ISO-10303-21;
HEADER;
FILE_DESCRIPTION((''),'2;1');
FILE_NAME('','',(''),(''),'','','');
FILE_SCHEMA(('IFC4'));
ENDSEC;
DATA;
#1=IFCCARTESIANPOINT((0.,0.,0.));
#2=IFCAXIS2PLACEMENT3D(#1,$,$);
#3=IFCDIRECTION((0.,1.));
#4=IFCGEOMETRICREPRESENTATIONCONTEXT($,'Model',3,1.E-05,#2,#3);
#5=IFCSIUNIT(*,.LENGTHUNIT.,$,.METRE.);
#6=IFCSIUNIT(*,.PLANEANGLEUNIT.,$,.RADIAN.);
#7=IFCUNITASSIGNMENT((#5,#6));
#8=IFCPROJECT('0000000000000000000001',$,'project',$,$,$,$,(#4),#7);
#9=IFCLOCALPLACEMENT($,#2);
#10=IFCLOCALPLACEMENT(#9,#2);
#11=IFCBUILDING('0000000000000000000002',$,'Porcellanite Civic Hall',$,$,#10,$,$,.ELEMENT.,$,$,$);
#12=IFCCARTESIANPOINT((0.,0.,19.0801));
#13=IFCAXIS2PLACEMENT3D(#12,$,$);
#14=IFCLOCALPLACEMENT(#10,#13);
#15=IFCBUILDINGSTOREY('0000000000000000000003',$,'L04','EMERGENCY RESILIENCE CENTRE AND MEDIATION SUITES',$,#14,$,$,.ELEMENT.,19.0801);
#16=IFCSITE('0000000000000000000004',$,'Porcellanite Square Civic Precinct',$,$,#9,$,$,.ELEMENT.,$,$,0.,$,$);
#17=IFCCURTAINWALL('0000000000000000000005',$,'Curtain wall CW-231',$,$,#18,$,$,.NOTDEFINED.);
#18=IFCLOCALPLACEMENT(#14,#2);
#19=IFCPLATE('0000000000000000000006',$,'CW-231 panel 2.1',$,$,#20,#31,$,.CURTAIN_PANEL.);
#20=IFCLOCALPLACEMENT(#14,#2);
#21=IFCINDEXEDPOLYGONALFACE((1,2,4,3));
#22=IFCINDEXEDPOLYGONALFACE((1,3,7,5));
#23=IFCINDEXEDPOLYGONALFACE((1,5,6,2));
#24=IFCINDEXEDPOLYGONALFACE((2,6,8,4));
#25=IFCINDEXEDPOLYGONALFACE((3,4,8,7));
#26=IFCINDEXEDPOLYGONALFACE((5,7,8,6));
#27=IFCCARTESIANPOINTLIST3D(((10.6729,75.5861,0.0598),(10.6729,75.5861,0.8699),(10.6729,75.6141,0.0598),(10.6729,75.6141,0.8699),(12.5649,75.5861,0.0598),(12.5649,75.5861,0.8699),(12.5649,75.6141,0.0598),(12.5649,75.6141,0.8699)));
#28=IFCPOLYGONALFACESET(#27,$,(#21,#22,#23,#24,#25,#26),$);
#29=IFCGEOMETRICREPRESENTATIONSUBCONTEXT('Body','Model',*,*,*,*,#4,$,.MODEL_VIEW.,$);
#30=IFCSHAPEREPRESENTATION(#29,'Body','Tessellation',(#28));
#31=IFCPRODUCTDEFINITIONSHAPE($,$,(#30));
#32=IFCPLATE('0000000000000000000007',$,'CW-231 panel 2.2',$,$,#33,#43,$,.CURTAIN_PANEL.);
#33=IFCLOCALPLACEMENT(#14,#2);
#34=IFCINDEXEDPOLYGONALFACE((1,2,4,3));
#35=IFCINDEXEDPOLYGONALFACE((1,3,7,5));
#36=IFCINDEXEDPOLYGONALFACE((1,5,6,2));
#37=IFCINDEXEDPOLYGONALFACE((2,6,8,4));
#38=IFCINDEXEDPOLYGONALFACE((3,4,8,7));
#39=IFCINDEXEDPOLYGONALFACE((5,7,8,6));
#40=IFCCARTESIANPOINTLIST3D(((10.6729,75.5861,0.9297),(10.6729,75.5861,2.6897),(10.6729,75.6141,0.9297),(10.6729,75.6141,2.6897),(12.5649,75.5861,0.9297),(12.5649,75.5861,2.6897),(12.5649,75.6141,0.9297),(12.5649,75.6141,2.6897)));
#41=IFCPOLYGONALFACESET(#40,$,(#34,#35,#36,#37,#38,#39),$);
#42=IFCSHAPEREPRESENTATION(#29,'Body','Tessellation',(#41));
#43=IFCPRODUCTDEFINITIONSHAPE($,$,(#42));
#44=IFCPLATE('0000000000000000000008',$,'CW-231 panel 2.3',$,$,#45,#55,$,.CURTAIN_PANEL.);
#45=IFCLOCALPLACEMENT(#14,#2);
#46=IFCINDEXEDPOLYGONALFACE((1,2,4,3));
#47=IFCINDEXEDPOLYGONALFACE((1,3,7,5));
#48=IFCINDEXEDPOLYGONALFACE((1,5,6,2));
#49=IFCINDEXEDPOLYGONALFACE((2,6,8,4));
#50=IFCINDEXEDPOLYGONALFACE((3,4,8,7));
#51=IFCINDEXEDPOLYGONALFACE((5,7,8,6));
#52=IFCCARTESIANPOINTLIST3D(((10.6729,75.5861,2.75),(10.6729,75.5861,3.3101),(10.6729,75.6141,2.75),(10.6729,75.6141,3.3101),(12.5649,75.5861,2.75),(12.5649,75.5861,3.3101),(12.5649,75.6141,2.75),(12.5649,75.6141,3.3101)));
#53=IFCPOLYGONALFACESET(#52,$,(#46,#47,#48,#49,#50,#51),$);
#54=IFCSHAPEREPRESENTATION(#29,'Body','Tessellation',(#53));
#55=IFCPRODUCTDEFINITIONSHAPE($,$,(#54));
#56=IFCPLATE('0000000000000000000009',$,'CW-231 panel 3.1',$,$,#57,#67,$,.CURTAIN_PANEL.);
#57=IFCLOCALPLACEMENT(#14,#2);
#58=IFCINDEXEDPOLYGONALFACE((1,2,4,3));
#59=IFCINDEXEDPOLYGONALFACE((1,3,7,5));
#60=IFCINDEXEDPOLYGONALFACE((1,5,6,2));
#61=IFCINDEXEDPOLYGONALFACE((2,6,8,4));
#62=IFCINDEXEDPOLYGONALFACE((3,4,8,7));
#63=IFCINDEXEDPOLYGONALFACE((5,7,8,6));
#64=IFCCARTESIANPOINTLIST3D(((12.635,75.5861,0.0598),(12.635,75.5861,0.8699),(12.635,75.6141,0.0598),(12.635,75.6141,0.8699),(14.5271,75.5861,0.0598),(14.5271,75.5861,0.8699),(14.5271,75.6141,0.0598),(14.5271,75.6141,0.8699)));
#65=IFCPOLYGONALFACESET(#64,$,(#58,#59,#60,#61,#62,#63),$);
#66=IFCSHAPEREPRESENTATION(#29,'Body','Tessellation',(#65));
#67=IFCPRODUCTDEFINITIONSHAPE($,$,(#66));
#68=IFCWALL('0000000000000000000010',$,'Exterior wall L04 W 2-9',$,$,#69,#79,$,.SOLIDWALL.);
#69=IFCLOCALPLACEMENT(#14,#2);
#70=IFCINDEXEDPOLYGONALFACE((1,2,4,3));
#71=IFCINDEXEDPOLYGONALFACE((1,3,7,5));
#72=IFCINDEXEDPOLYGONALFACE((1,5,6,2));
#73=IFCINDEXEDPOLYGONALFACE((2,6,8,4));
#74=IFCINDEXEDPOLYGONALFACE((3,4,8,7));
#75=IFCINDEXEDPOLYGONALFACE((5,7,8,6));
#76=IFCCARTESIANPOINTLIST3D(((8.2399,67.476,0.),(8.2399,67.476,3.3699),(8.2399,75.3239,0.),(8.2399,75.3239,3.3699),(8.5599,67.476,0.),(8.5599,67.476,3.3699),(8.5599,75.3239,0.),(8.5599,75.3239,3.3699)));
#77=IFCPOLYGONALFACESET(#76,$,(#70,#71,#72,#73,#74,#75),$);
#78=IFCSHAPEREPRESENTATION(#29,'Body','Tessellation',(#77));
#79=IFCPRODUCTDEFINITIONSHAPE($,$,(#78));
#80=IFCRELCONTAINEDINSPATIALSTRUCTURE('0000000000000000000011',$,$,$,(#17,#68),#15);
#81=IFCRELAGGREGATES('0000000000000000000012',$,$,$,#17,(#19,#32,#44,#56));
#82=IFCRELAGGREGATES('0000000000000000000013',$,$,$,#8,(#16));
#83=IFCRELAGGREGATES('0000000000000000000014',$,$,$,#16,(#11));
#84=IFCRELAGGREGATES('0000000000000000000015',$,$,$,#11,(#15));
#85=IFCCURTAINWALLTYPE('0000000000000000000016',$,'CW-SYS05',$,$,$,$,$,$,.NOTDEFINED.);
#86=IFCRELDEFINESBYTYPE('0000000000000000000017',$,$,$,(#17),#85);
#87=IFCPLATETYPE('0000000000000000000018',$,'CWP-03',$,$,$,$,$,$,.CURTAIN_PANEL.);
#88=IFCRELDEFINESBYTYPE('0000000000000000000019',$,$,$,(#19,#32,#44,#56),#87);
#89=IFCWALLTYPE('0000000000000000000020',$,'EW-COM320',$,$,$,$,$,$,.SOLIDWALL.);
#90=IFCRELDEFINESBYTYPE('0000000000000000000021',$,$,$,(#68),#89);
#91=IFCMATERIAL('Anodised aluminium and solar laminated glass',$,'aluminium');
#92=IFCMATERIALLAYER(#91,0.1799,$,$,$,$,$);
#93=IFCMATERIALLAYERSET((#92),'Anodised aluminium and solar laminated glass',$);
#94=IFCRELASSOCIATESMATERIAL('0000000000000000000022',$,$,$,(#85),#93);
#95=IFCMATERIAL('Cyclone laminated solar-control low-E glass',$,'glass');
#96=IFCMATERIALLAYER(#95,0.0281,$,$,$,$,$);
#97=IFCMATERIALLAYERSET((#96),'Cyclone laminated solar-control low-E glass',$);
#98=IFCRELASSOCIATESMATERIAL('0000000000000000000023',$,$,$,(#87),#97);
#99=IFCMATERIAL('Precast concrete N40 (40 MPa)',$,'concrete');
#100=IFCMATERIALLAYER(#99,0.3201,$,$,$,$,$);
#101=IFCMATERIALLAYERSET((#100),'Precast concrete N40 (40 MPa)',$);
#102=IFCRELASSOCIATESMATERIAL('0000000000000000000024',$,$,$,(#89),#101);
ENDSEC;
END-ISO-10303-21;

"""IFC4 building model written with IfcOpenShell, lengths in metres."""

from ifc_helpers import new_model, si_unit, direction, frame, frame_2d, origin, origin_2d, place, context, subcontext, project, spatial, rectangle, extrude, material, layer, layer_set, type_object, element, aggregate, save


model = new_model("IFC4")

# Units and contexts
model_context = context("Model", 3, precision=1e-05, world=origin(), true_north=direction((0.0, 1.0)))
body_context = subcontext(model_context, "Body", "Model", "MODEL_VIEW")
ifc_project = project(units=[si_unit("LENGTHUNIT", "METRE"), si_unit("PLANEANGLEUNIT", "RADIAN")], contexts=[model_context])

# Site, building, storey
site_placement = place(None, origin())
site = spatial("IfcSite", under=ifc_project, at=site_placement, Name="Porcellanite Square Civic Precinct", CompositionType="ELEMENT", RefElevation=0.0)
building_placement = place(site_placement, origin())
building = spatial("IfcBuilding", under=site, at=building_placement, Name="Porcellanite Civic Hall", CompositionType="ELEMENT")
storey_placement = place(building_placement, frame((0.0, 0.0, 19.0801)))
storey = spatial("IfcBuildingStorey", under=building, at=storey_placement, Name="L04", Description="EMERGENCY RESILIENCE CENTRE AND MEDIATION SUITES", CompositionType="ELEMENT", Elevation=19.0801)

# Curtain wall
ifc_material_1 = material(Name="Anodised aluminium and solar laminated glass", Category="aluminium")
ifc_layer_1 = layer(ifc_material_1, 0.1799)
ifc_layer_set_1 = layer_set([ifc_layer_1], Name="Anodised aluminium and solar laminated glass")
curtain_wall_type = type_object("IfcCurtainWallType", Name="CW-SYS05", PredefinedType="NOTDEFINED", material=ifc_layer_set_1)
curtain_wall_placement = place(storey_placement, origin())
curtain_wall = element("IfcCurtainWall", 1, at=curtain_wall_placement, inside=storey, type_object=curtain_wall_type, Name="Curtain wall CW-231", PredefinedType="NOTDEFINED")

# Plates
ifc_material_2 = material(Name="Cyclone laminated solar-control low-E glass", Category="glass")
ifc_layer_2 = layer(ifc_material_2, 0.0281)
ifc_layer_set_2 = layer_set([ifc_layer_2], Name="Cyclone laminated solar-control low-E glass")
plate_type = type_object("IfcPlateType", Name="CWP-03", PredefinedType="CURTAIN_PANEL", material=ifc_layer_set_2)
plate_1_placement = place(storey_placement, frame((11.6189, 75.6001, 0.0598), z_axis=(0.0, 0.0, 1.0), x_axis=(1.0, 0.0, 0.0)))
plate_1 = element("IfcPlate", 2, at=plate_1_placement, type_object=plate_type, Name="CW-231 panel 2.1", PredefinedType="CURTAIN_PANEL", context=body_context, shape_type="SweptSolid", body=[
    extrude(rectangle(XDim=1.8921, YDim=0.0281, at=origin_2d()), origin(), (0.0, 0.0, 1.0), 0.8101),
])
plate_2_placement = place(storey_placement, frame((11.6189, 75.6001, 0.9297), z_axis=(0.0, 0.0, 1.0), x_axis=(1.0, 0.0, 0.0)))
plate_2 = element("IfcPlate", 3, at=plate_2_placement, type_object=plate_type, Name="CW-231 panel 2.2", PredefinedType="CURTAIN_PANEL", context=body_context, shape_type="SweptSolid", body=[
    extrude(rectangle(XDim=1.8921, YDim=0.0281, at=origin_2d()), origin(), (0.0, 0.0, 1.0), 1.76),
])
plate_3_placement = place(storey_placement, frame((11.6189, 75.6001, 2.75), z_axis=(0.0, 0.0, 1.0), x_axis=(1.0, 0.0, 0.0)))
plate_3 = element("IfcPlate", 4, at=plate_3_placement, type_object=plate_type, Name="CW-231 panel 2.3", PredefinedType="CURTAIN_PANEL", context=body_context, shape_type="SweptSolid", body=[
    extrude(rectangle(XDim=1.8921, YDim=0.0281, at=origin_2d()), origin(), (0.0, 0.0, 1.0), 0.5601),
])
plate_4_placement = place(storey_placement, frame((13.5811, 75.6001, 0.0598), z_axis=(0.0, 0.0, 1.0), x_axis=(1.0, 0.0, 0.0)))
plate_4 = element("IfcPlate", 5, at=plate_4_placement, type_object=plate_type, Name="CW-231 panel 3.1", PredefinedType="CURTAIN_PANEL", context=body_context, shape_type="SweptSolid", body=[
    extrude(rectangle(XDim=1.8921, YDim=0.0281, at=origin_2d()), origin(), (0.0, 0.0, 1.0), 0.8101),
])
aggregate(curtain_wall, [plate_1, plate_2, plate_3, plate_4])

# Wall
ifc_material_3 = material(Name="Precast concrete N40 (40 MPa)", Category="concrete")
ifc_layer_3 = layer(ifc_material_3, 0.3201)
ifc_layer_set_3 = layer_set([ifc_layer_3], Name="Precast concrete N40 (40 MPa)")
wall_type = type_object("IfcWallType", Name="EW-COM320", PredefinedType="SOLIDWALL", material=ifc_layer_set_3)
wall_placement = place(storey_placement, frame((8.3999, 67.4761, 0.0), z_axis=(0.0, 0.0, 1.0), x_axis=(0.0, 1.0, 0.0)))
element("IfcWall", 6, at=wall_placement, inside=storey, type_object=wall_type, Name="Exterior wall L04 W 2-9", PredefinedType="SOLIDWALL", context=body_context, shape_type="SweptSolid", body=[
    extrude(rectangle(XDim=7.8479, YDim=0.3201, at=frame_2d((3.9238, 0.0))), origin(), (0.0, 0.0, 1.0), 3.3699),
])

save(model, "model.ifc")
